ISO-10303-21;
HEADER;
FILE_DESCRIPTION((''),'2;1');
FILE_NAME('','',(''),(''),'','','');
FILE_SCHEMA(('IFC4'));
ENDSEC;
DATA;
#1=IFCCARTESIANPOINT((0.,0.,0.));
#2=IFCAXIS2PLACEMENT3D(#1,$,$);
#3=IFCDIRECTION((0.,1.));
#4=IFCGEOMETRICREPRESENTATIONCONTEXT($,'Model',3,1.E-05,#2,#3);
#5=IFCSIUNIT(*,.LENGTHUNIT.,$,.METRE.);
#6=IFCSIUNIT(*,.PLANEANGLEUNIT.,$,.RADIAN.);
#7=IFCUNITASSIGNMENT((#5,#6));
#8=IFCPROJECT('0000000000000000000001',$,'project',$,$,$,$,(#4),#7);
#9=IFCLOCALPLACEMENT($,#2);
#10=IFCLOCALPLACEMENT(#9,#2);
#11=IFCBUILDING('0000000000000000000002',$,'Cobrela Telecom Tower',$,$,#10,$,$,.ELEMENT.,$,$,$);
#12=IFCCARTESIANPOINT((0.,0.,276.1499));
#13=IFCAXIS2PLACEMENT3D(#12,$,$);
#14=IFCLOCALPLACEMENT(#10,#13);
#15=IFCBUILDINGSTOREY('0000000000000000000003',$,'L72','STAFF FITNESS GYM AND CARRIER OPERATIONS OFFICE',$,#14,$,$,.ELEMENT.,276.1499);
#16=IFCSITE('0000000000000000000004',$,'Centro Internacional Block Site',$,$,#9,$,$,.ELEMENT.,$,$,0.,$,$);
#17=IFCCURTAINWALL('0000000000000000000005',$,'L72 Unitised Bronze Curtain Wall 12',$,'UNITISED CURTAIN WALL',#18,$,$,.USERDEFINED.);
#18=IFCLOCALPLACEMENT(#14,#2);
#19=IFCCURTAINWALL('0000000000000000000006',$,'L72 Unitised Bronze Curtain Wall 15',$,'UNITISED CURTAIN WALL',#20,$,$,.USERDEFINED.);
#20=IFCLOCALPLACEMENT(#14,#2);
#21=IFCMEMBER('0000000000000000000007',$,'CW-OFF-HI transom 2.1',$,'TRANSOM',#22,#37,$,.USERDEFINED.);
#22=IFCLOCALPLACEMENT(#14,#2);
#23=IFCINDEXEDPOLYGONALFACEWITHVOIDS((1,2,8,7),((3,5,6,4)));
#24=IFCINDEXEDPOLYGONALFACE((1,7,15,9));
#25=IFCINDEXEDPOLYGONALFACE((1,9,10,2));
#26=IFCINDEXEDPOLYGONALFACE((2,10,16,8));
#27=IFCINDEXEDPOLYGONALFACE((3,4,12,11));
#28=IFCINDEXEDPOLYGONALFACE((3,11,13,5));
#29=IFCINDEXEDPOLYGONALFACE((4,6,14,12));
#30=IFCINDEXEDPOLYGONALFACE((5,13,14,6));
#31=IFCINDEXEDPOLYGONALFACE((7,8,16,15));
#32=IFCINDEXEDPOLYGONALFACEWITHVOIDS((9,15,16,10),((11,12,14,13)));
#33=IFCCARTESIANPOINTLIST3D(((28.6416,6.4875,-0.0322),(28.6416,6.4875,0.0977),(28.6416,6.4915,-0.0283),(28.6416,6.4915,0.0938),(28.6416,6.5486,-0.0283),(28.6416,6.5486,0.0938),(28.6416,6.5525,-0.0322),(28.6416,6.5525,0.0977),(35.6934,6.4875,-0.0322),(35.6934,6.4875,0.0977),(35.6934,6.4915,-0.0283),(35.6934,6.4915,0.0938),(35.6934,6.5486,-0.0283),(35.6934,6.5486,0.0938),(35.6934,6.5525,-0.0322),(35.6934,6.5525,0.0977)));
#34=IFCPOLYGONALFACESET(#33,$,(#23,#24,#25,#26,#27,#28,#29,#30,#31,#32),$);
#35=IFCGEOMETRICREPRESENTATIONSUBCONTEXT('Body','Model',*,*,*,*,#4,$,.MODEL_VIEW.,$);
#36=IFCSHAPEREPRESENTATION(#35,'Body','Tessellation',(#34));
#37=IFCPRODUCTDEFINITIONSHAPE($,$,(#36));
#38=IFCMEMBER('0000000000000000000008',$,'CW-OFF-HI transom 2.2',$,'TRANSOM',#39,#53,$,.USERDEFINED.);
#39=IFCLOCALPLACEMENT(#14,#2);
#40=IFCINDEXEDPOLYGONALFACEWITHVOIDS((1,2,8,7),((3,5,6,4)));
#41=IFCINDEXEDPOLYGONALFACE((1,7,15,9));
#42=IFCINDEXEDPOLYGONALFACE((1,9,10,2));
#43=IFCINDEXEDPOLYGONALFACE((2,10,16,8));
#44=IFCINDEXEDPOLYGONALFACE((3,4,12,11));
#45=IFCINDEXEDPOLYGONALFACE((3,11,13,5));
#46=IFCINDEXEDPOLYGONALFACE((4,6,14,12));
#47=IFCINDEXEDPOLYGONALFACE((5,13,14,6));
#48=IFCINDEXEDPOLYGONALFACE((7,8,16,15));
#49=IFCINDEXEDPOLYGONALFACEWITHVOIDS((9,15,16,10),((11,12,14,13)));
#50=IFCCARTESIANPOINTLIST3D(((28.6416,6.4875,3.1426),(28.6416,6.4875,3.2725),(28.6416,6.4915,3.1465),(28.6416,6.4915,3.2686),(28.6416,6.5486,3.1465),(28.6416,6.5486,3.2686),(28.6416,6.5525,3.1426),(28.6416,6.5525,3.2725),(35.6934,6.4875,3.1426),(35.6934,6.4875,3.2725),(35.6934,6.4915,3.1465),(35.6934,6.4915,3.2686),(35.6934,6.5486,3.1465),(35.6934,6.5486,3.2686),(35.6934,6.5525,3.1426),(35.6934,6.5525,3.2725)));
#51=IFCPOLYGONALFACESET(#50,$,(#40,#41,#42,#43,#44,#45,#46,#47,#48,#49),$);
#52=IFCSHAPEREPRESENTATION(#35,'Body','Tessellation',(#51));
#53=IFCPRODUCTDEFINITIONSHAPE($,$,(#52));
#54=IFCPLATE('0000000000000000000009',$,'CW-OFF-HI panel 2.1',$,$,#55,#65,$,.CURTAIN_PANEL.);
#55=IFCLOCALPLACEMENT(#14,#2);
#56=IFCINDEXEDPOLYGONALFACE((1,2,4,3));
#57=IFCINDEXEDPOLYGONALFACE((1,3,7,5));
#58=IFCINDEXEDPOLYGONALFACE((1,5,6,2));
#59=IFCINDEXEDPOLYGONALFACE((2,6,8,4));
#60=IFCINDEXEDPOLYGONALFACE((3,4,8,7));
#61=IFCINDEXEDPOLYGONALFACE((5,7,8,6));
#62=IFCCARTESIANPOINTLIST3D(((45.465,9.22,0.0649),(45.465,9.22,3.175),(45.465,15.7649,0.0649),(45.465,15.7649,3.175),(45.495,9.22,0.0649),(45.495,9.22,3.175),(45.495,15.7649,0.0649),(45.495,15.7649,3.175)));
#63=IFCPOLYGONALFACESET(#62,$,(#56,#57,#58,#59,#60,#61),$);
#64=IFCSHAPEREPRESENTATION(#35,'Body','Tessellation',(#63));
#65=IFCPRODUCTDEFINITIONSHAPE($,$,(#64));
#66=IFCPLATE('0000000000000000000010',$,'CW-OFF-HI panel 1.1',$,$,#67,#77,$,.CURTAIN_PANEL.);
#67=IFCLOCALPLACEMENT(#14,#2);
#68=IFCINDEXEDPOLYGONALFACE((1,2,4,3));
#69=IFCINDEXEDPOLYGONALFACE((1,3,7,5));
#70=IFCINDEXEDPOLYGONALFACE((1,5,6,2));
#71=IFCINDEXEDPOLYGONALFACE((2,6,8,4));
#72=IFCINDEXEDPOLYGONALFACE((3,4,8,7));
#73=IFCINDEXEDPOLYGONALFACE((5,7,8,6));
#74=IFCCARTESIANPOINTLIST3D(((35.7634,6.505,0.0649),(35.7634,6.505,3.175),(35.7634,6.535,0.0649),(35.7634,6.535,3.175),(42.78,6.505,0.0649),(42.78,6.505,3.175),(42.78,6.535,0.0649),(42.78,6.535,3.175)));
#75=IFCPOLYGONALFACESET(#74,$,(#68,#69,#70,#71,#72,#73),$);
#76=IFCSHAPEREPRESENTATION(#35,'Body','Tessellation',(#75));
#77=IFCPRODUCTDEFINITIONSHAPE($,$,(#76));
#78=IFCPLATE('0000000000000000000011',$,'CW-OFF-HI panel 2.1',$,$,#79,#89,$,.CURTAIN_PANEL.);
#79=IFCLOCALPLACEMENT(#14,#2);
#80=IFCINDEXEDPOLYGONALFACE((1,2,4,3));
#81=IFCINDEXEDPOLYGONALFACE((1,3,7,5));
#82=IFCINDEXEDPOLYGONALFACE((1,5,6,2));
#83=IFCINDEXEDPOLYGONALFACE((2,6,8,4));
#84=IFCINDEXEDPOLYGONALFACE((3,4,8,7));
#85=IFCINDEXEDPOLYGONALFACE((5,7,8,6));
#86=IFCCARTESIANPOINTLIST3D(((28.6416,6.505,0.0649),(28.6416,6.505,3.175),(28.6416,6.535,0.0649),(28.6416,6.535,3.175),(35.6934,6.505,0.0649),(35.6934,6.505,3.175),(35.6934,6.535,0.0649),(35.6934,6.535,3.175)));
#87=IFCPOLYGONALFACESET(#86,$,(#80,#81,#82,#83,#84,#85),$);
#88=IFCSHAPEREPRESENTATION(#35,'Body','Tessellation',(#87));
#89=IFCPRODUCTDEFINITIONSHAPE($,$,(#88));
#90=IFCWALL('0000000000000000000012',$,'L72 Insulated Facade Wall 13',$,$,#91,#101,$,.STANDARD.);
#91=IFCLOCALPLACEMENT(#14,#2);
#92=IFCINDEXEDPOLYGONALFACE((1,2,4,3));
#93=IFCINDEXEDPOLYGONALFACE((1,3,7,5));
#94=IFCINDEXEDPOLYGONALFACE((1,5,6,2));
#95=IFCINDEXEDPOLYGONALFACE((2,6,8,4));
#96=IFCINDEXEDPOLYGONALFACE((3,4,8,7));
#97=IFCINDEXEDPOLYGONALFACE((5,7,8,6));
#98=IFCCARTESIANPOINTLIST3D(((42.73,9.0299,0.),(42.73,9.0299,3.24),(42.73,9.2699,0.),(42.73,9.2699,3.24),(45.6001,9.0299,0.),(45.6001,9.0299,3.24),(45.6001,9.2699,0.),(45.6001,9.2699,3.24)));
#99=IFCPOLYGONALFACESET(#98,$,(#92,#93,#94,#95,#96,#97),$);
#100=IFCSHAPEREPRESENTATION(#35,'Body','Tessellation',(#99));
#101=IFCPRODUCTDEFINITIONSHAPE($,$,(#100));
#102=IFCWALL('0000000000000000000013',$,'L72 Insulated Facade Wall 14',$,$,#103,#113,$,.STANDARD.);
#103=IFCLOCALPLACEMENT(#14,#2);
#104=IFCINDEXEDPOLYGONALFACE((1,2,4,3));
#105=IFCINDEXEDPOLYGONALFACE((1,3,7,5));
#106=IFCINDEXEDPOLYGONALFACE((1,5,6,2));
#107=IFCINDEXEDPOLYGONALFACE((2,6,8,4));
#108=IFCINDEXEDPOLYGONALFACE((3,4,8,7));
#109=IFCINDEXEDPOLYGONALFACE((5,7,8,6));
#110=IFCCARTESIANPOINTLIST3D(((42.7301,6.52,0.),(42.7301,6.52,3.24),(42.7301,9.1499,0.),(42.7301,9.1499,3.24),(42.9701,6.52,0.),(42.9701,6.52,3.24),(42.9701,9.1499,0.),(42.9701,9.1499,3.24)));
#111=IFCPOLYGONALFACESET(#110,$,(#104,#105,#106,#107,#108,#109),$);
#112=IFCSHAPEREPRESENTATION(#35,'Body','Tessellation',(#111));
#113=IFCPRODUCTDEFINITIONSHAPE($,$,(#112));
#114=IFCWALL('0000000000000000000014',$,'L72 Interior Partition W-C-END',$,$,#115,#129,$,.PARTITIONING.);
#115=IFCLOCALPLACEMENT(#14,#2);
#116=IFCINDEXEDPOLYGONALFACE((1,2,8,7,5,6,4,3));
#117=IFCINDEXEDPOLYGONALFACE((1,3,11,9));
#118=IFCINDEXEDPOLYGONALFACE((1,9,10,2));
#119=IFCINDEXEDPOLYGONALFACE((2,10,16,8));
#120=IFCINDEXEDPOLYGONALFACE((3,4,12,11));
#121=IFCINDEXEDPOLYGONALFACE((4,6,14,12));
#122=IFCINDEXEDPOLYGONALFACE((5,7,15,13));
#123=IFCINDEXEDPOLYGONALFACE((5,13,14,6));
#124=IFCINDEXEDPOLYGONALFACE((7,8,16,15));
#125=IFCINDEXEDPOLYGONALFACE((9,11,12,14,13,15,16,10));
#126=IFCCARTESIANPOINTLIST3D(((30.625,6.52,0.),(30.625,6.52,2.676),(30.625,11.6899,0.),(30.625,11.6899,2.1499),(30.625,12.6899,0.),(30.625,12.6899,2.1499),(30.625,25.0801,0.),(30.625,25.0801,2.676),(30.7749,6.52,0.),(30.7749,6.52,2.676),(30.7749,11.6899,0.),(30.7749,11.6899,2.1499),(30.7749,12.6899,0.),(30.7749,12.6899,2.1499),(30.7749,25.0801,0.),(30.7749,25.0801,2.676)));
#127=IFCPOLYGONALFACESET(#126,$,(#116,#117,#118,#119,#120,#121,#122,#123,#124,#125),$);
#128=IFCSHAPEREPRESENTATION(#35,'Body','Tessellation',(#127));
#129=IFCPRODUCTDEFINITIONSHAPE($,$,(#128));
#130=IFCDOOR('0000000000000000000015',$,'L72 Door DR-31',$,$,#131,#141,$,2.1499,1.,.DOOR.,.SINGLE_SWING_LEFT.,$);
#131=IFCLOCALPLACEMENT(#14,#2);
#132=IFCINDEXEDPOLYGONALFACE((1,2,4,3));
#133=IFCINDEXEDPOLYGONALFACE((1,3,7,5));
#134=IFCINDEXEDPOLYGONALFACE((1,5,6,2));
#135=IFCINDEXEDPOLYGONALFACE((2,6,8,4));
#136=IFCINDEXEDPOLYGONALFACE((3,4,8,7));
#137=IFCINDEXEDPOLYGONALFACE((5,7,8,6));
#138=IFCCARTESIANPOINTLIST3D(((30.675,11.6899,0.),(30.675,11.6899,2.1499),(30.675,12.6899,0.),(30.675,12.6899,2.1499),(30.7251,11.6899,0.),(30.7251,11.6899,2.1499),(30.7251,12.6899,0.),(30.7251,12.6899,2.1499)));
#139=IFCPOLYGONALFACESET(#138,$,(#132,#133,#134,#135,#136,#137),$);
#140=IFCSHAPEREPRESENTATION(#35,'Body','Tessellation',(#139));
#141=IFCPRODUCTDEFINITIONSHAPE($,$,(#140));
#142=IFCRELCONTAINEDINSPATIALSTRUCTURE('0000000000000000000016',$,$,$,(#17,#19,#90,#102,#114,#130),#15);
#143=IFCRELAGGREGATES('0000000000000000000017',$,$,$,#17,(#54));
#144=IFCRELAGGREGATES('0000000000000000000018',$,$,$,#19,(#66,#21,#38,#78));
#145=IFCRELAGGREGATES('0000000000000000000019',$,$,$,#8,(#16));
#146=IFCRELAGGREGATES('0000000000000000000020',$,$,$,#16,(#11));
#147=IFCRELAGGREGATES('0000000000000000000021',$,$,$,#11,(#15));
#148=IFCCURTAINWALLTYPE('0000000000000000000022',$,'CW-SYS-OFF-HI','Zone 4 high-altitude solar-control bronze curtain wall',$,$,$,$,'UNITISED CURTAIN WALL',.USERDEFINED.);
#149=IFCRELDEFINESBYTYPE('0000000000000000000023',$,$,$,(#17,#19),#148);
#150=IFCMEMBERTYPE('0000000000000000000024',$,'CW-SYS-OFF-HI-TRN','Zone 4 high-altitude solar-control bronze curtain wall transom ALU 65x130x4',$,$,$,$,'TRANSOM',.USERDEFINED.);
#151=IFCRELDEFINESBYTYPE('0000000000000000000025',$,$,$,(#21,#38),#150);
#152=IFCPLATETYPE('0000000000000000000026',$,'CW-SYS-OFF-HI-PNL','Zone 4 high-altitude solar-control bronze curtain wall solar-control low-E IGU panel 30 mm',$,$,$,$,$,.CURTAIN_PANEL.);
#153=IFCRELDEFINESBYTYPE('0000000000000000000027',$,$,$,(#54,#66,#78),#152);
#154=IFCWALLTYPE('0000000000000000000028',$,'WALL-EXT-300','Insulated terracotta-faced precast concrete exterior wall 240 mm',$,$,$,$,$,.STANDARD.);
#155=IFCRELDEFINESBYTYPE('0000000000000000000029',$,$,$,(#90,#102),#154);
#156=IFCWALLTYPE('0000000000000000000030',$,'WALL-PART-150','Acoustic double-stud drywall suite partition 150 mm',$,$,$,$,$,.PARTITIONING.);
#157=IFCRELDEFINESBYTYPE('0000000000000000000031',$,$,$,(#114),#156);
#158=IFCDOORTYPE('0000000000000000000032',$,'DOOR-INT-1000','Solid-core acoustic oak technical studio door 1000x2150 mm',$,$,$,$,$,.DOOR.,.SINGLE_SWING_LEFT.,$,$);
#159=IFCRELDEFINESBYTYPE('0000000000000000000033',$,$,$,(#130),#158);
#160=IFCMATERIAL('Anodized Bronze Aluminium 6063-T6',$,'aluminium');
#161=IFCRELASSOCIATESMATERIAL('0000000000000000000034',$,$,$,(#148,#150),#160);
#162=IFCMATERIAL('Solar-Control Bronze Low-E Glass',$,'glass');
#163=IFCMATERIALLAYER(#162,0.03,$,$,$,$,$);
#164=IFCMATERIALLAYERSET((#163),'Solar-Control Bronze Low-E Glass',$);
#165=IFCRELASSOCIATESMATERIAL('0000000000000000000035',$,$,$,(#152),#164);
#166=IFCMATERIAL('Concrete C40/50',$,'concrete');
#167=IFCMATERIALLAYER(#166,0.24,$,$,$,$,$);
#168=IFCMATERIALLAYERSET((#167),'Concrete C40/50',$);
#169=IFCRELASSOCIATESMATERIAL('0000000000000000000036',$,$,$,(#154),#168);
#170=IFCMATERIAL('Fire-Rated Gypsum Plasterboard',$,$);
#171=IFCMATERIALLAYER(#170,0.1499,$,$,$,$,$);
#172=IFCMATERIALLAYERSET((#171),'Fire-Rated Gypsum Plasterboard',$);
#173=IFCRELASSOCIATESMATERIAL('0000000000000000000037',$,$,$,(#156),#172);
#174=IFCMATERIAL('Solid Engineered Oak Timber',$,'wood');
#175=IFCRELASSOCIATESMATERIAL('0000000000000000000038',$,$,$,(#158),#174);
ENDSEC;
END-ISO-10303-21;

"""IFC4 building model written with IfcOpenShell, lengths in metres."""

from ifc_helpers import new_model, si_unit, direction, frame, frame_2d, origin, origin_2d, place, context, subcontext, project, spatial, rectangle, hollow_rectangle, extrude, material, layer, layer_set, material_profile, profile_set, type_object, element, fill, aggregate, save


model = new_model("IFC4")

# Units and contexts
model_context = context("Model", 3, precision=1e-05, world=origin(), true_north=direction((0.0, 1.0)))
body_context = subcontext(model_context, "Body", "Model", "MODEL_VIEW")
ifc_project = project(units=[si_unit("LENGTHUNIT", "METRE"), si_unit("PLANEANGLEUNIT", "RADIAN")], contexts=[model_context])

# Site, building, storey
site_placement = place(None, origin())
site = spatial("IfcSite", under=ifc_project, at=site_placement, Name="Centro Internacional Block Site", CompositionType="ELEMENT", RefElevation=0.0)
building_placement = place(site_placement, origin())
building = spatial("IfcBuilding", under=site, at=building_placement, Name="Cobrela Telecom Tower", CompositionType="ELEMENT")
storey_placement = place(building_placement, frame((0.0, 0.0, 276.1499)))
storey = spatial("IfcBuildingStorey", under=building, at=storey_placement, Name="L72", Description="STAFF FITNESS GYM AND CARRIER OPERATIONS OFFICE", CompositionType="ELEMENT", Elevation=276.1499)

# Curtain wall
ifc_material_1 = material(Name="Anodized Bronze Aluminium 6063-T6", Category="aluminium")
curtain_wall_type = type_object("IfcCurtainWallType", Name="CW-SYS-OFF-HI", Description="Zone 4 high-altitude solar-control bronze curtain wall", ElementType="UNITISED CURTAIN WALL", PredefinedType="USERDEFINED", material=ifc_material_1)
curtain_wall_1_placement = place(storey_placement, origin())
curtain_wall_1 = element("IfcCurtainWall", 1, at=curtain_wall_1_placement, inside=storey, type_object=curtain_wall_type, Name="L72 Unitised Bronze Curtain Wall 12", ObjectType="UNITISED CURTAIN WALL", PredefinedType="USERDEFINED")

# Curtain wall, members
curtain_wall_2_placement = place(storey_placement, origin())
curtain_wall_2 = element("IfcCurtainWall", 2, at=curtain_wall_2_placement, inside=storey, type_object=curtain_wall_type, Name="L72 Unitised Bronze Curtain Wall 15", ObjectType="UNITISED CURTAIN WALL", PredefinedType="USERDEFINED")
ifc_material_profile_1 = material_profile(ifc_material_1, hollow_rectangle(XDim=0.0649, YDim=0.1299, WallThickness=0.0039, at=origin_2d()), Name="ALU 65x130x4")
ifc_profile_set_1 = profile_set([ifc_material_profile_1], Name="Anodized Bronze Aluminium 6063-T6")
member_type_1 = type_object("IfcMemberType", Name="CW-SYS-OFF-HI-TRN", Description="Zone 4 high-altitude solar-control bronze curtain wall transom ALU 65x130x4", ElementType="TRANSOM", PredefinedType="USERDEFINED", material=ifc_profile_set_1)
member_1_placement = place(storey_placement, frame((35.6934, 6.52, 0.0327), z_axis=(-1.0, 0.0, 0.0), x_axis=(0.0, -1.0, 0.0)))
member_1 = element("IfcMember", 3, at=member_1_placement, type_object=member_type_1, Name="CW-OFF-HI transom 2.1", ObjectType="TRANSOM", PredefinedType="USERDEFINED", context=body_context, shape_type="SweptSolid", body=[
    extrude(hollow_rectangle(XDim=0.0649, YDim=0.1299, WallThickness=0.0039, at=origin_2d()), origin(), (0.0, 0.0, 1.0), 7.0518),
])
member_2_placement = place(storey_placement, frame((35.6934, 6.52, 3.2075), z_axis=(-1.0, 0.0, 0.0), x_axis=(0.0, -1.0, 0.0)))
member_2 = element("IfcMember", 4, at=member_2_placement, type_object=member_type_1, Name="CW-OFF-HI transom 2.2", ObjectType="TRANSOM", PredefinedType="USERDEFINED", context=body_context, shape_type="SweptSolid", body=[
    extrude(hollow_rectangle(XDim=0.0649, YDim=0.1299, WallThickness=0.0039, at=origin_2d()), origin(), (0.0, 0.0, 1.0), 7.0518),
])

# Plates
ifc_material_2 = material(Name="Solar-Control Bronze Low-E Glass", Category="glass")
ifc_layer_1 = layer(ifc_material_2, 0.03)
ifc_layer_set_1 = layer_set([ifc_layer_1], Name="Solar-Control Bronze Low-E Glass")
plate_type = type_object("IfcPlateType", Name="CW-SYS-OFF-HI-PNL", Description="Zone 4 high-altitude solar-control bronze curtain wall solar-control low-E IGU panel 30 mm", PredefinedType="CURTAIN_PANEL", material=ifc_layer_set_1)
plate_1_placement = place(storey_placement, frame((45.48, 12.4924, 0.0649), z_axis=(0.0, 0.0, 1.0), x_axis=(0.0, -1.0, 0.0)))
plate_1 = element("IfcPlate", 5, at=plate_1_placement, type_object=plate_type, Name="CW-OFF-HI panel 2.1", PredefinedType="CURTAIN_PANEL", context=body_context, shape_type="SweptSolid", body=[
    extrude(rectangle(XDim=6.5449, YDim=0.03, at=origin_2d()), origin(), (0.0, 0.0, 1.0), 3.1101),
])
aggregate(curtain_wall_1, [plate_1])
plate_2_placement = place(storey_placement, frame((39.2717, 6.52, 0.0649), z_axis=(0.0, 0.0, 1.0), x_axis=(-1.0, 0.0, 0.0)))
plate_2 = element("IfcPlate", 6, at=plate_2_placement, type_object=plate_type, Name="CW-OFF-HI panel 1.1", PredefinedType="CURTAIN_PANEL", context=body_context, shape_type="SweptSolid", body=[
    extrude(rectangle(XDim=7.0166, YDim=0.03, at=origin_2d()), origin(), (0.0, 0.0, 1.0), 3.1101),
])
plate_3_placement = place(storey_placement, frame((32.1675, 6.52, 0.0649), z_axis=(0.0, 0.0, 1.0), x_axis=(-1.0, 0.0, 0.0)))
plate_3 = element("IfcPlate", 7, at=plate_3_placement, type_object=plate_type, Name="CW-OFF-HI panel 2.1", PredefinedType="CURTAIN_PANEL", context=body_context, shape_type="SweptSolid", body=[
    extrude(rectangle(XDim=7.0518, YDim=0.03, at=origin_2d()), origin(), (0.0, 0.0, 1.0), 3.1101),
])
aggregate(curtain_wall_2, [plate_2, member_1, member_2, plate_3])

# Walls
ifc_material_3 = material(Name="Concrete C40/50", Category="concrete")
ifc_layer_2 = layer(ifc_material_3, 0.24)
ifc_layer_set_2 = layer_set([ifc_layer_2], Name="Concrete C40/50")
wall_type_1 = type_object("IfcWallType", Name="WALL-EXT-300", Description="Insulated terracotta-faced precast concrete exterior wall 240 mm", PredefinedType="STANDARD", material=ifc_layer_set_2)
wall_1_placement = place(storey_placement, frame((45.6001, 9.1499, 0.0), z_axis=(0.0, 0.0, 1.0), x_axis=(-1.0, 0.0, 0.0)))
element("IfcWall", 8, at=wall_1_placement, inside=storey, type_object=wall_type_1, Name="L72 Insulated Facade Wall 13", PredefinedType="STANDARD", context=body_context, shape_type="SweptSolid", body=[
    extrude(rectangle(XDim=2.8701, YDim=0.24, at=frame_2d((1.4351, 0.0))), origin(), (0.0, 0.0, 1.0), 3.24),
])
wall_2_placement = place(storey_placement, frame((42.8501, 9.1499, 0.0), z_axis=(0.0, 0.0, 1.0), x_axis=(0.0, -1.0, 0.0)))
element("IfcWall", 9, at=wall_2_placement, inside=storey, type_object=wall_type_1, Name="L72 Insulated Facade Wall 14", PredefinedType="STANDARD", context=body_context, shape_type="SweptSolid", body=[
    extrude(rectangle(XDim=2.6299, YDim=0.24, at=frame_2d((1.3149, 0.0))), origin(), (0.0, 0.0, 1.0), 3.24),
])

# Wall, opening, door
ifc_material_4 = material(Name="Fire-Rated Gypsum Plasterboard")
ifc_layer_3 = layer(ifc_material_4, 0.1499)
ifc_layer_set_3 = layer_set([ifc_layer_3], Name="Fire-Rated Gypsum Plasterboard")
wall_type_2 = type_object("IfcWallType", Name="WALL-PART-150", Description="Acoustic double-stud drywall suite partition 150 mm", PredefinedType="PARTITIONING", material=ifc_layer_set_3)
wall_3_placement = place(storey_placement, frame((30.7, 6.52, 0.0), z_axis=(0.0, 0.0, 1.0), x_axis=(0.0, 1.0, 0.0)))
wall_3 = element("IfcWall", 10, at=wall_3_placement, inside=storey, type_object=wall_type_2, Name="L72 Interior Partition W-C-END", PredefinedType="PARTITIONING", context=body_context, shape_type="SweptSolid", body=[
    extrude(rectangle(XDim=18.5601, YDim=0.1499, at=frame_2d((9.28, 0.0))), origin(), (0.0, 0.0, 1.0), 2.676),
])
opening_placement = place(wall_3_placement, frame((5.1699, 0.0, 0.0)))
opening = element("IfcOpeningElement", 11, at=opening_placement, cuts=wall_3, PredefinedType="OPENING", context=body_context, shape_type="SweptSolid", body=[
    extrude(rectangle(XDim=1.0, YDim=2.1499, at=frame_2d((0.5, 1.075))), frame((0.0, 0.0869, 0.0), z_axis=(0.0, -1.0, 0.0), x_axis=(1.0, 0.0, 0.0)), (0.0, 0.0, 1.0), 0.1738),
])
ifc_material_5 = material(Name="Solid Engineered Oak Timber", Category="wood")
door_type = type_object("IfcDoorType", Name="DOOR-INT-1000", Description="Solid-core acoustic oak technical studio door 1000x2150 mm", OperationType="SINGLE_SWING_LEFT", PredefinedType="DOOR", material=ifc_material_5)
door_placement = place(opening_placement, origin())
door = element("IfcDoor", 12, at=door_placement, inside=storey, type_object=door_type, Name="L72 Door DR-31", OperationType="SINGLE_SWING_LEFT", OverallHeight=2.1499, OverallWidth=1.0, PredefinedType="DOOR", context=body_context, shape_type="SweptSolid", body=[
    extrude(rectangle(XDim=1.0, YDim=2.1499, at=frame_2d((0.5, 1.075))), frame((0.0, 0.0249, 0.0), z_axis=(0.0, -1.0, 0.0), x_axis=(1.0, 0.0, 0.0)), (0.0, 0.0, 1.0), 0.05),
])
fill(opening, door)

save(model, "model.ifc")
